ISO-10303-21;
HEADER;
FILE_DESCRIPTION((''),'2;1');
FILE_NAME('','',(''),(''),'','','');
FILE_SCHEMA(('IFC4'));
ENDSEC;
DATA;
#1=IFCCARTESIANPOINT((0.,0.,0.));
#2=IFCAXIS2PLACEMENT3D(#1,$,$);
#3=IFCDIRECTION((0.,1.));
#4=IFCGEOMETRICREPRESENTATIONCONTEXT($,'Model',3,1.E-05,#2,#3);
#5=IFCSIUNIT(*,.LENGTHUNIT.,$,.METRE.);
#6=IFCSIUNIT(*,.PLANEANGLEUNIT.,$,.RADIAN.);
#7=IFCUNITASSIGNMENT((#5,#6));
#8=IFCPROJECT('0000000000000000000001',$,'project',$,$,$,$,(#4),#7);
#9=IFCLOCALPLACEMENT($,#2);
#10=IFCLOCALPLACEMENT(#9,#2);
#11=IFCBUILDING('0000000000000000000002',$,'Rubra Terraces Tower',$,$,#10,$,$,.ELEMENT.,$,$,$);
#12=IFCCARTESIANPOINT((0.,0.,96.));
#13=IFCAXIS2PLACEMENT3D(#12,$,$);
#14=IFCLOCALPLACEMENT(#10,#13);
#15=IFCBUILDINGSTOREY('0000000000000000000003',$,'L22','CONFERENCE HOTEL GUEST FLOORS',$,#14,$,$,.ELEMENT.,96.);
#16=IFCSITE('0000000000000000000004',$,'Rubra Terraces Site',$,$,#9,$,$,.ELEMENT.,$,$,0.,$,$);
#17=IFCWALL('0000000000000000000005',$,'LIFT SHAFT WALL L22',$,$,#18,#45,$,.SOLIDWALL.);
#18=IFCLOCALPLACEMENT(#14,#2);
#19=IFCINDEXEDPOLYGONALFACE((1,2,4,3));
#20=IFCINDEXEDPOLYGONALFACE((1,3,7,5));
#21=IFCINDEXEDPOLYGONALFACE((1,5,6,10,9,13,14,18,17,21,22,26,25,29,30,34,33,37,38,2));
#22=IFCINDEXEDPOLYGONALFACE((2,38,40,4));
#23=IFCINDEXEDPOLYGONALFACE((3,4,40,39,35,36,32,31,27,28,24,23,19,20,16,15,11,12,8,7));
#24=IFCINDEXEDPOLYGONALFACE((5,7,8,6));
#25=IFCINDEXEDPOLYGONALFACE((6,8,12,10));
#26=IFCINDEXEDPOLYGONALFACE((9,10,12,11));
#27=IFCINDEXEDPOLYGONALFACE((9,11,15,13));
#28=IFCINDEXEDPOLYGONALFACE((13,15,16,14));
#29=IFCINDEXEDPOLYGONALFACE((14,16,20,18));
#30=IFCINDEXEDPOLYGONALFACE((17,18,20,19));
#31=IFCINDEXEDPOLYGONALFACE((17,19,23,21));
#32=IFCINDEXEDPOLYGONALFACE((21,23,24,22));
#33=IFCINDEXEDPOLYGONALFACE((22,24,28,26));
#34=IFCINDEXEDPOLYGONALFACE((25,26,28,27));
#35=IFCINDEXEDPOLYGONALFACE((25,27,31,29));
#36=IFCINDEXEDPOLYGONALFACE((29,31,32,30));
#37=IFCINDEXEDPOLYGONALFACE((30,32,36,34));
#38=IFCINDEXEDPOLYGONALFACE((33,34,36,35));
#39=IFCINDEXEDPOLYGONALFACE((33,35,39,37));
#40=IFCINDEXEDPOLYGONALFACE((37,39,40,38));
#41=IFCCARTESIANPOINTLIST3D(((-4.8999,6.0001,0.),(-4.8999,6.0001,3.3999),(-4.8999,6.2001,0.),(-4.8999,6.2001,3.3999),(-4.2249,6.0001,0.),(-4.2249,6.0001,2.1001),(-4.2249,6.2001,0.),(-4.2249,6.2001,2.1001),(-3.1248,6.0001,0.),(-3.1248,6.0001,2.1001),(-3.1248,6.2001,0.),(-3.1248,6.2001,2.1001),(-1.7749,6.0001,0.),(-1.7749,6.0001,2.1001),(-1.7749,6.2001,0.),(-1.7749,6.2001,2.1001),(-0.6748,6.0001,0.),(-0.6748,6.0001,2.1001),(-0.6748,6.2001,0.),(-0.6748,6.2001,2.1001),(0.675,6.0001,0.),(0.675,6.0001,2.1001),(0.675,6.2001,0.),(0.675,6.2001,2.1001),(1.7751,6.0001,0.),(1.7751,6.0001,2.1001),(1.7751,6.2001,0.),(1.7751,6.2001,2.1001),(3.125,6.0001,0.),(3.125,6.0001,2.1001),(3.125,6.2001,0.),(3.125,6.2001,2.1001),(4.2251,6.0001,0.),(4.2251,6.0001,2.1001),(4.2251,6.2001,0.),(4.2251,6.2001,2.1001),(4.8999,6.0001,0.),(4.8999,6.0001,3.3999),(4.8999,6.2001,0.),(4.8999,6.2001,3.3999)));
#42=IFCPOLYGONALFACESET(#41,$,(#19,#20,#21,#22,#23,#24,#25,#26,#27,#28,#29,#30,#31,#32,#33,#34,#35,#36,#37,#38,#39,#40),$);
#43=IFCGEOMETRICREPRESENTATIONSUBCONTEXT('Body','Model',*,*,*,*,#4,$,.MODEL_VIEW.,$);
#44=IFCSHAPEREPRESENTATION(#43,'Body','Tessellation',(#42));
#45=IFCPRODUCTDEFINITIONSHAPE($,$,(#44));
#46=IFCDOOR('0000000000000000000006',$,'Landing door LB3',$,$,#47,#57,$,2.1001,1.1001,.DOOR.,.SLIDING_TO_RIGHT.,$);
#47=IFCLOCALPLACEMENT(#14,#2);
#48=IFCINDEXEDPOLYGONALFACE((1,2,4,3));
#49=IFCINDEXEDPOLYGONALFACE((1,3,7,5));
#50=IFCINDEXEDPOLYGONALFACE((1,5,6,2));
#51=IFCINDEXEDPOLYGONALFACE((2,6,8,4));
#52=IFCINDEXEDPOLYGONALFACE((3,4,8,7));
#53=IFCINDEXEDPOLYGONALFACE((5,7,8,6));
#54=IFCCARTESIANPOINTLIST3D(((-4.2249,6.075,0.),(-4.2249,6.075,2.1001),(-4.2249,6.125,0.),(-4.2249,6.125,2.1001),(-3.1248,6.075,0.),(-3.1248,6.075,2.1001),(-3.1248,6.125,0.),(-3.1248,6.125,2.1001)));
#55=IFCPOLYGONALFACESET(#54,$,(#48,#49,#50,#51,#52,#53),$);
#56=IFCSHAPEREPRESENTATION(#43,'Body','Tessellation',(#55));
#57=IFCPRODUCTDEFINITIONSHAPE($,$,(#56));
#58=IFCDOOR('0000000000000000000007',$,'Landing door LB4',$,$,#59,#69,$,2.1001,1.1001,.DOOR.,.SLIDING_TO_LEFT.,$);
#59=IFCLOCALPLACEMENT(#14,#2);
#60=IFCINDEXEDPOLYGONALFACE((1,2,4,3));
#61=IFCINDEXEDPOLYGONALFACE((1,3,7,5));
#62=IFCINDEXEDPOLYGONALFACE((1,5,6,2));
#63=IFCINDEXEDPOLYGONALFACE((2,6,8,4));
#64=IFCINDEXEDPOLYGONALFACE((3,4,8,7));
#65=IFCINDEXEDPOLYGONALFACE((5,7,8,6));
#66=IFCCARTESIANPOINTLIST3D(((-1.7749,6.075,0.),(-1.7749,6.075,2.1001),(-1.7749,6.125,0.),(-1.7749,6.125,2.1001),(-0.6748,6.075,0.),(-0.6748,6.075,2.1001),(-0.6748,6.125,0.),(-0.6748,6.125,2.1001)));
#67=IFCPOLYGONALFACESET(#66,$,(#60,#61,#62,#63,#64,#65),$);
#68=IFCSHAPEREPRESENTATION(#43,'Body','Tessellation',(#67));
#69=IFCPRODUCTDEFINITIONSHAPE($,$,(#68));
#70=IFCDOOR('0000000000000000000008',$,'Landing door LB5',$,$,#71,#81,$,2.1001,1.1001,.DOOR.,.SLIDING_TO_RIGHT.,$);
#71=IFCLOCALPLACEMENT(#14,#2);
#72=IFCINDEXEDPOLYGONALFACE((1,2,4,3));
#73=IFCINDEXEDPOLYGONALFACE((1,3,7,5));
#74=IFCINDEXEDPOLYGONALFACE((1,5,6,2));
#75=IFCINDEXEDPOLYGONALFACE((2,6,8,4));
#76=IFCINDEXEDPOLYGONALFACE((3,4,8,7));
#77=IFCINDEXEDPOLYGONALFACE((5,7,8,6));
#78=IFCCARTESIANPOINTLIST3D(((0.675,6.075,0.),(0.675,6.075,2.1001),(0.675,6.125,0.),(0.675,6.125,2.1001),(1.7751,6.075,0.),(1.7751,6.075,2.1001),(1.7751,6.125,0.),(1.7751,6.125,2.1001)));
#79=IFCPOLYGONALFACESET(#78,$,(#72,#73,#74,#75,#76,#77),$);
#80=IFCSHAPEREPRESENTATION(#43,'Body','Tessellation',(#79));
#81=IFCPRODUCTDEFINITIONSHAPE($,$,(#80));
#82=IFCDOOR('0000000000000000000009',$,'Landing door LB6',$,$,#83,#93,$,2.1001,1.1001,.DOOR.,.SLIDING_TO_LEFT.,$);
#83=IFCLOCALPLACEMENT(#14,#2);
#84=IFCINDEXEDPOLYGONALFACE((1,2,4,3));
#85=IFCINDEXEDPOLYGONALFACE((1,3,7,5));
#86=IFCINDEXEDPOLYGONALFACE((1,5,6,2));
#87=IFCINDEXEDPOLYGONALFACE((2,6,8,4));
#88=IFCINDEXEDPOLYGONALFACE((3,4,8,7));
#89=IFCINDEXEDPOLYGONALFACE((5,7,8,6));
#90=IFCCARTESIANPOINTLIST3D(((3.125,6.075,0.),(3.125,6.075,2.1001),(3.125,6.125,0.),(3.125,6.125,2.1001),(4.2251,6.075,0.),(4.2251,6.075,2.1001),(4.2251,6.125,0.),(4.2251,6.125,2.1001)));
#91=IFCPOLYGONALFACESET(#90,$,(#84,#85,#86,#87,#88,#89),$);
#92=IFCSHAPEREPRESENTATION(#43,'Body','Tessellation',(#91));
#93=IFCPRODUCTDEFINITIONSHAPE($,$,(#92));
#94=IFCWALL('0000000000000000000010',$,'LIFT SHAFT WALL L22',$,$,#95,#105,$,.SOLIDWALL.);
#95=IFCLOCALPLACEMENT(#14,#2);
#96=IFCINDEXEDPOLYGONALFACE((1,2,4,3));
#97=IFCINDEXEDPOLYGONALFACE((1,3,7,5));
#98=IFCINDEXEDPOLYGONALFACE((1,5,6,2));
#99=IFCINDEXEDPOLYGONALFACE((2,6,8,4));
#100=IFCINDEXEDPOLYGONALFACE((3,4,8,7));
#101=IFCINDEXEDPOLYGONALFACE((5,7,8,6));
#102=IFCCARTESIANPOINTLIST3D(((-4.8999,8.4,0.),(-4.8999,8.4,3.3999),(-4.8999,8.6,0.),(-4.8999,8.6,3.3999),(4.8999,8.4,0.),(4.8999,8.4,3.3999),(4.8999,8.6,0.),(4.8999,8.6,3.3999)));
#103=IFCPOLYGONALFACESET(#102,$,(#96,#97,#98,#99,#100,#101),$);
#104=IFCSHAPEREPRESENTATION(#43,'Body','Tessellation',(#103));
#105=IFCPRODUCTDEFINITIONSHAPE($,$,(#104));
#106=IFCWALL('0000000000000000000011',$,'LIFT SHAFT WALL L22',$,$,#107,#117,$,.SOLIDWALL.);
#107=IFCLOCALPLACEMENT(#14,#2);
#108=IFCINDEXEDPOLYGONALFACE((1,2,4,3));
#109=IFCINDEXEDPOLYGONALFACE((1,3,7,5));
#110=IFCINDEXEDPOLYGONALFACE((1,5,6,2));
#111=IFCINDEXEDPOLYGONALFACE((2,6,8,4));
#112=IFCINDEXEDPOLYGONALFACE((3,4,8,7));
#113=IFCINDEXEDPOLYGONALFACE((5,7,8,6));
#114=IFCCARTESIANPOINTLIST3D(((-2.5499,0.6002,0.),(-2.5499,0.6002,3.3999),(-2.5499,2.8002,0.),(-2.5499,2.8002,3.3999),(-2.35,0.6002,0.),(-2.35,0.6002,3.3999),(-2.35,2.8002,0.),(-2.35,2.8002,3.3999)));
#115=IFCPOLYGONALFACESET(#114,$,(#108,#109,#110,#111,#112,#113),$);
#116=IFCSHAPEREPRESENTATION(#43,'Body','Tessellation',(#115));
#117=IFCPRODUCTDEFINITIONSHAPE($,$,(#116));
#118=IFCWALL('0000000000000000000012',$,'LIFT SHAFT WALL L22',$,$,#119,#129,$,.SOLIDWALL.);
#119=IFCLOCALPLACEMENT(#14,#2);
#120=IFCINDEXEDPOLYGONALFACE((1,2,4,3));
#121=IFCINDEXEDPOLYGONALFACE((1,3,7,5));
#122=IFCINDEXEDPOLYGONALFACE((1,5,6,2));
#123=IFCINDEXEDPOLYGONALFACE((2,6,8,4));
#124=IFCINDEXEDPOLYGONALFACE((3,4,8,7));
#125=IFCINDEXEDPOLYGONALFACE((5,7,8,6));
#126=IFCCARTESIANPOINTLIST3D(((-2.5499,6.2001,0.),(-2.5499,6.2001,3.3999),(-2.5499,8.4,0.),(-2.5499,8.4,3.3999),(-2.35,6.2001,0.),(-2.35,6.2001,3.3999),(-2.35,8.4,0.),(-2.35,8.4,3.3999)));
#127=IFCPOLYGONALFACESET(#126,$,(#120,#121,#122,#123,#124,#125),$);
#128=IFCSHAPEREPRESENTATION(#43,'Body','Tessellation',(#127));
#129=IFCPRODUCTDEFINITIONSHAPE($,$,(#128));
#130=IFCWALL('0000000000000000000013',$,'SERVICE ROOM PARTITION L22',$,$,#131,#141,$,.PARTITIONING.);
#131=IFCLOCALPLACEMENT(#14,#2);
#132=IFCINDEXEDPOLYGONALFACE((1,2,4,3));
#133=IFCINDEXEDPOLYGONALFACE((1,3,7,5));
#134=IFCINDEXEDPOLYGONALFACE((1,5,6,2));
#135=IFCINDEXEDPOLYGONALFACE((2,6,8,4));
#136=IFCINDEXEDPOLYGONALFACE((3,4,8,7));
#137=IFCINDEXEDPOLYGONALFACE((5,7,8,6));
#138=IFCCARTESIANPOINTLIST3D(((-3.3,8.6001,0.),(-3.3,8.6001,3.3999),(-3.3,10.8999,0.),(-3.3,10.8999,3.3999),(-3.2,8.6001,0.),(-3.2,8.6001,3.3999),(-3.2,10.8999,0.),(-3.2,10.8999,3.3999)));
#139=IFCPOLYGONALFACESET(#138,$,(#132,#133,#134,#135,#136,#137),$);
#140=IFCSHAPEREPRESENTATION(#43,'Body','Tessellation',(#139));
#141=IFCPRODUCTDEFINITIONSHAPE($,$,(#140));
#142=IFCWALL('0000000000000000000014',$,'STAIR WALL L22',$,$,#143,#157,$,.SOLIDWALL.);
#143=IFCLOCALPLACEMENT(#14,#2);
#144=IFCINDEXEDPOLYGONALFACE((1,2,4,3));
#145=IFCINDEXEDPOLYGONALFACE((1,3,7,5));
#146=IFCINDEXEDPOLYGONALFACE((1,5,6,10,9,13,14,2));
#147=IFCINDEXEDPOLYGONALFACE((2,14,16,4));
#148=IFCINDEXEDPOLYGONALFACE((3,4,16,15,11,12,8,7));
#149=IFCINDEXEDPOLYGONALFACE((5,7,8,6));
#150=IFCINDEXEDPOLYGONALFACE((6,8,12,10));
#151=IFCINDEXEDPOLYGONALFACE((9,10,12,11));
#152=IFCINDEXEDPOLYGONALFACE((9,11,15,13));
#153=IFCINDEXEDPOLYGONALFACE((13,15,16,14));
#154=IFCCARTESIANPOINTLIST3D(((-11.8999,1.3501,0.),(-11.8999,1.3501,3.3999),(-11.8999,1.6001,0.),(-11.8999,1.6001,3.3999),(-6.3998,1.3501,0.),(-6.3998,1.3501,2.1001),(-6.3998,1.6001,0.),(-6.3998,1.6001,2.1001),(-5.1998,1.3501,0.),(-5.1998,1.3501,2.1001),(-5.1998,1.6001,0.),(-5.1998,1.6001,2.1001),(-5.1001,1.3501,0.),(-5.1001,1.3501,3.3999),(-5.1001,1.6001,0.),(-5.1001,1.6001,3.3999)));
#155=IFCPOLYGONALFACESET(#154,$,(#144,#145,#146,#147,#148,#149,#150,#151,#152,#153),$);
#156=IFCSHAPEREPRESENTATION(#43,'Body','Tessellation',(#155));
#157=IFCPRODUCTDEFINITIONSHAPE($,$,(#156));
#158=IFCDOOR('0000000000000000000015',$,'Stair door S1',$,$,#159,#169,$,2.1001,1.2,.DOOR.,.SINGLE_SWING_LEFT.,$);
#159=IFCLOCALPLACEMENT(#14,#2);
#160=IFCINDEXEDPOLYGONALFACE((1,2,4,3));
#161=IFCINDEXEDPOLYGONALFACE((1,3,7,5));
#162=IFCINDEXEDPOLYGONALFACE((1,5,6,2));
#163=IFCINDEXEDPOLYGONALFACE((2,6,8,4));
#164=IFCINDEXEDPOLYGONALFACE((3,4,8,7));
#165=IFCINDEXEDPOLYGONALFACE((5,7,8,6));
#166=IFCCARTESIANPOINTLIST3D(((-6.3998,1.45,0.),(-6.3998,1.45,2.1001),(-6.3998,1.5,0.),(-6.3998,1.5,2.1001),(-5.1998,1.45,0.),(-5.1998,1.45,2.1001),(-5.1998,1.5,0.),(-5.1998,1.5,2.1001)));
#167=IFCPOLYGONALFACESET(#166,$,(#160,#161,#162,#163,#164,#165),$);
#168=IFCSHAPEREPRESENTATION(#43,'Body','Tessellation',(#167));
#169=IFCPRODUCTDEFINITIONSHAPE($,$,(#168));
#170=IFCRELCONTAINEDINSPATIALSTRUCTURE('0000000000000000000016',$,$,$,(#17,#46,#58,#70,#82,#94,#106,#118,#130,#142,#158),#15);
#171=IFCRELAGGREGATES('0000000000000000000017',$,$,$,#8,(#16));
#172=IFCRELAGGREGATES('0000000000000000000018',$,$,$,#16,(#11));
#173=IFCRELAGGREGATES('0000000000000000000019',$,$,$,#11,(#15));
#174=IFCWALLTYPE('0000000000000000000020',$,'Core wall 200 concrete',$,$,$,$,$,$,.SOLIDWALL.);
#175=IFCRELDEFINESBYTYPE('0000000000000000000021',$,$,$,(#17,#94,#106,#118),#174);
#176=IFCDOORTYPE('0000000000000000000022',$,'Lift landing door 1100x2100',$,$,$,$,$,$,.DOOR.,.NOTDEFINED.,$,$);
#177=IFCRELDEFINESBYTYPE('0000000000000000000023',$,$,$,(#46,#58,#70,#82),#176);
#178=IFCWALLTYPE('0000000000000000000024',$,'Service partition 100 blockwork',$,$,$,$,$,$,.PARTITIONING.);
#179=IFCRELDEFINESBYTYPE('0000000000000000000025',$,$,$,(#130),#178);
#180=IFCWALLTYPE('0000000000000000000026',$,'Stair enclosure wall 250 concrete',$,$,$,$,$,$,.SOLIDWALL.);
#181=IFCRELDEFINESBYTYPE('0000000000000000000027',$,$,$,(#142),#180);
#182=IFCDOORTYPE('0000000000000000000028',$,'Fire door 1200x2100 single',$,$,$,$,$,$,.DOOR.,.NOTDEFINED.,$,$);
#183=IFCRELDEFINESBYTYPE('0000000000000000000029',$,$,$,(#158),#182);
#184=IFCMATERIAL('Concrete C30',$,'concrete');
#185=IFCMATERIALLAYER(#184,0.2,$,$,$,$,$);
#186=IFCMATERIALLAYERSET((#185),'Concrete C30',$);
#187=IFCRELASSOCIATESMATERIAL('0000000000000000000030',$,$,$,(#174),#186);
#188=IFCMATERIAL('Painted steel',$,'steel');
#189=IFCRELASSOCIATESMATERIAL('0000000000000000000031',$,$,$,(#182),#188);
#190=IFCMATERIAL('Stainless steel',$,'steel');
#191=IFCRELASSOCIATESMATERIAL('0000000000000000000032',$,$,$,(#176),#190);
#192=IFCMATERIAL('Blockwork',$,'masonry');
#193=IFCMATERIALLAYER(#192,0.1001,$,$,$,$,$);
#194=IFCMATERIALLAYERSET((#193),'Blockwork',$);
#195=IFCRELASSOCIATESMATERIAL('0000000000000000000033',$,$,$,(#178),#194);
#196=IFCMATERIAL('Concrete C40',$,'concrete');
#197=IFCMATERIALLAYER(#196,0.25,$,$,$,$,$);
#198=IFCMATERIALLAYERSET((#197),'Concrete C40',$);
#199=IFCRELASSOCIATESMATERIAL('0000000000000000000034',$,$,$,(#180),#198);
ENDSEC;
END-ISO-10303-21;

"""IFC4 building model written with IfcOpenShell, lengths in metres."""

from ifc_helpers import new_model, si_unit, direction, frame, frame_2d, origin, place, context, subcontext, project, spatial, rectangle, extrude, material, layer, layer_set, type_object, element, fill, save


model = new_model("IFC4")

# Units and contexts
model_context = context("Model", 3, precision=1e-05, world=origin(), true_north=direction((0.0, 1.0)))
body_context = subcontext(model_context, "Body", "Model", "MODEL_VIEW")
ifc_project = project(units=[si_unit("LENGTHUNIT", "METRE"), si_unit("PLANEANGLEUNIT", "RADIAN")], contexts=[model_context])

# Site, building, storey
site_placement = place(None, origin())
site = spatial("IfcSite", under=ifc_project, at=site_placement, Name="Rubra Terraces Site", CompositionType="ELEMENT", RefElevation=0.0)
building_placement = place(site_placement, origin())
building = spatial("IfcBuilding", under=site, at=building_placement, Name="Rubra Terraces Tower", CompositionType="ELEMENT")
storey_placement = place(building_placement, frame((0.0, 0.0, 96.0)))
storey = spatial("IfcBuildingStorey", under=building, at=storey_placement, Name="L22", Description="CONFERENCE HOTEL GUEST FLOORS", CompositionType="ELEMENT", Elevation=96.0)

# Shared definitions
ifc_material_1 = material(Name="Concrete C40", Category="concrete")

# Shared definitions
ifc_material_2 = material(Name="Concrete C30", Category="concrete")
ifc_layer_1 = layer(ifc_material_2, 0.2)
ifc_layer_set_1 = layer_set([ifc_layer_1], Name="Concrete C30")
wall_type_1 = type_object("IfcWallType", Name="Core wall 200 concrete", PredefinedType="SOLIDWALL", material=ifc_layer_set_1)
ifc_material_3 = material(Name="Painted steel", Category="steel")
door_type_1 = type_object("IfcDoorType", Name="Fire door 1200x2100 single", OperationType="NOTDEFINED", PredefinedType="DOOR", material=ifc_material_3)
ifc_material_4 = material(Name="Stainless steel", Category="steel")

# Wall, openings, doors
door_type_2 = type_object("IfcDoorType", Name="Lift landing door 1100x2100", OperationType="NOTDEFINED", PredefinedType="DOOR", material=ifc_material_4)
wall_1_placement = place(storey_placement, frame((-4.8999, 6.1001, 0.0), z_axis=(0.0, 0.0, 1.0), x_axis=(1.0, 0.0, 0.0)))
wall_1 = element("IfcWall", 1, at=wall_1_placement, inside=storey, type_object=wall_type_1, Name="LIFT SHAFT WALL L22", PredefinedType="SOLIDWALL", context=body_context, shape_type="SweptSolid", body=[
    extrude(rectangle(XDim=9.7998, YDim=0.2, at=frame_2d((4.8999, 0.0))), origin(), (0.0, 0.0, 1.0), 3.3999),
])
opening_1_placement = place(wall_1_placement, frame((0.675, 0.0, 0.0)))
opening_1 = element("IfcOpeningElement", 2, at=opening_1_placement, cuts=wall_1, PredefinedType="OPENING", context=body_context, shape_type="SweptSolid", body=[
    extrude(rectangle(XDim=1.1001, YDim=2.1001, at=frame_2d((0.55, 1.05))), frame((0.0, 0.1099, 0.0), z_axis=(0.0, -1.0, 0.0), x_axis=(1.0, 0.0, 0.0)), (0.0, 0.0, 1.0), 0.22),
])
opening_2_placement = place(wall_1_placement, frame((3.125, 0.0, 0.0)))
opening_2 = element("IfcOpeningElement", 3, at=opening_2_placement, cuts=wall_1, PredefinedType="OPENING", context=body_context, shape_type="SweptSolid", body=[
    extrude(rectangle(XDim=1.1001, YDim=2.1001, at=frame_2d((0.55, 1.05))), frame((0.0, 0.1099, 0.0), z_axis=(0.0, -1.0, 0.0), x_axis=(1.0, 0.0, 0.0)), (0.0, 0.0, 1.0), 0.22),
])
opening_3_placement = place(wall_1_placement, frame((5.575, 0.0, 0.0)))
opening_3 = element("IfcOpeningElement", 4, at=opening_3_placement, cuts=wall_1, PredefinedType="OPENING", context=body_context, shape_type="SweptSolid", body=[
    extrude(rectangle(XDim=1.1001, YDim=2.1001, at=frame_2d((0.55, 1.05))), frame((0.0, 0.1099, 0.0), z_axis=(0.0, -1.0, 0.0), x_axis=(1.0, 0.0, 0.0)), (0.0, 0.0, 1.0), 0.22),
])
opening_4_placement = place(wall_1_placement, frame((8.0249, 0.0, 0.0)))
opening_4 = element("IfcOpeningElement", 5, at=opening_4_placement, cuts=wall_1, PredefinedType="OPENING", context=body_context, shape_type="SweptSolid", body=[
    extrude(rectangle(XDim=1.1001, YDim=2.1001, at=frame_2d((0.55, 1.05))), frame((0.0, 0.1099, 0.0), z_axis=(0.0, -1.0, 0.0), x_axis=(1.0, 0.0, 0.0)), (0.0, 0.0, 1.0), 0.22),
])
door_1_placement = place(opening_1_placement, origin())
door_1 = element("IfcDoor", 6, at=door_1_placement, inside=storey, type_object=door_type_2, Name="Landing door LB3", OperationType="SLIDING_TO_RIGHT", OverallHeight=2.1001, OverallWidth=1.1001, PredefinedType="DOOR", context=body_context, shape_type="SweptSolid", body=[
    extrude(rectangle(XDim=1.1001, YDim=2.1001, at=frame_2d((0.55, 1.05))), frame((0.0, 0.0249, 0.0), z_axis=(0.0, -1.0, 0.0), x_axis=(1.0, 0.0, 0.0)), (0.0, 0.0, 1.0), 0.05),
])
fill(opening_1, door_1)
door_2_placement = place(opening_2_placement, origin())
door_2 = element("IfcDoor", 7, at=door_2_placement, inside=storey, type_object=door_type_2, Name="Landing door LB4", OperationType="SLIDING_TO_LEFT", OverallHeight=2.1001, OverallWidth=1.1001, PredefinedType="DOOR", context=body_context, shape_type="SweptSolid", body=[
    extrude(rectangle(XDim=1.1001, YDim=2.1001, at=frame_2d((0.55, 1.05))), frame((0.0, 0.0249, 0.0), z_axis=(0.0, -1.0, 0.0), x_axis=(1.0, 0.0, 0.0)), (0.0, 0.0, 1.0), 0.05),
])
fill(opening_2, door_2)
door_3_placement = place(opening_3_placement, origin())
door_3 = element("IfcDoor", 8, at=door_3_placement, inside=storey, type_object=door_type_2, Name="Landing door LB5", OperationType="SLIDING_TO_RIGHT", OverallHeight=2.1001, OverallWidth=1.1001, PredefinedType="DOOR", context=body_context, shape_type="SweptSolid", body=[
    extrude(rectangle(XDim=1.1001, YDim=2.1001, at=frame_2d((0.55, 1.05))), frame((0.0, 0.0249, 0.0), z_axis=(0.0, -1.0, 0.0), x_axis=(1.0, 0.0, 0.0)), (0.0, 0.0, 1.0), 0.05),
])
fill(opening_3, door_3)
door_4_placement = place(opening_4_placement, origin())
door_4 = element("IfcDoor", 9, at=door_4_placement, inside=storey, type_object=door_type_2, Name="Landing door LB6", OperationType="SLIDING_TO_LEFT", OverallHeight=2.1001, OverallWidth=1.1001, PredefinedType="DOOR", context=body_context, shape_type="SweptSolid", body=[
    extrude(rectangle(XDim=1.1001, YDim=2.1001, at=frame_2d((0.55, 1.05))), frame((0.0, 0.0249, 0.0), z_axis=(0.0, -1.0, 0.0), x_axis=(1.0, 0.0, 0.0)), (0.0, 0.0, 1.0), 0.05),
])
fill(opening_4, door_4)

# Walls
wall_2_placement = place(storey_placement, frame((-4.8999, 8.5, 0.0), z_axis=(0.0, 0.0, 1.0), x_axis=(1.0, 0.0, 0.0)))
element("IfcWall", 10, at=wall_2_placement, inside=storey, type_object=wall_type_1, Name="LIFT SHAFT WALL L22", PredefinedType="SOLIDWALL", context=body_context, shape_type="SweptSolid", body=[
    extrude(rectangle(XDim=9.7998, YDim=0.2, at=frame_2d((4.8999, 0.0))), origin(), (0.0, 0.0, 1.0), 3.3999),
])
for number, where, z_axis, x_axis, name in (
    (11, (-2.45, 0.6001, 0.0), (0.0, 0.0, 1.0), (0.0, 1.0, 0.0), "LIFT SHAFT WALL L22"),
    (12, (-2.45, 6.2, 0.0), (0.0, 0.0, 1.0), (0.0, 1.0, 0.0), "LIFT SHAFT WALL L22"),
):
    element("IfcWall", number, at=place(storey_placement, frame(where, z_axis=z_axis, x_axis=x_axis)), inside=storey, type_object=wall_type_1, Name=name, PredefinedType="SOLIDWALL", context=body_context, shape_type="SweptSolid", body=[
        extrude(rectangle(XDim=2.2, YDim=0.2, at=frame_2d((1.1001, 0.0))), origin(), (0.0, 0.0, 1.0), 3.3999),
    ])
ifc_material_5 = material(Name="Blockwork", Category="masonry")
ifc_layer_2 = layer(ifc_material_5, 0.1001)
ifc_layer_set_2 = layer_set([ifc_layer_2], Name="Blockwork")
wall_type_2 = type_object("IfcWallType", Name="Service partition 100 blockwork", PredefinedType="PARTITIONING", material=ifc_layer_set_2)
wall_3_placement = place(storey_placement, frame((-3.25, 8.6001, 0.0), z_axis=(0.0, 0.0, 1.0), x_axis=(0.0, 1.0, 0.0)))
element("IfcWall", 13, at=wall_3_placement, inside=storey, type_object=wall_type_2, Name="SERVICE ROOM PARTITION L22", PredefinedType="PARTITIONING", context=body_context, shape_type="SweptSolid", body=[
    extrude(rectangle(XDim=2.2998, YDim=0.1001, at=frame_2d((1.1499, 0.0))), origin(), (0.0, 0.0, 1.0), 3.3999),
])

# Wall, opening, door
ifc_layer_3 = layer(ifc_material_1, 0.25)
ifc_layer_set_3 = layer_set([ifc_layer_3], Name="Concrete C40")
wall_type_3 = type_object("IfcWallType", Name="Stair enclosure wall 250 concrete", PredefinedType="SOLIDWALL", material=ifc_layer_set_3)
wall_4_placement = place(storey_placement, frame((-11.8999, 1.4751, 0.0), z_axis=(0.0, 0.0, 1.0), x_axis=(1.0, 0.0, 0.0)))
wall_4 = element("IfcWall", 14, at=wall_4_placement, inside=storey, type_object=wall_type_3, Name="STAIR WALL L22", PredefinedType="SOLIDWALL", context=body_context, shape_type="SweptSolid", body=[
    extrude(rectangle(XDim=6.7998, YDim=0.25, at=frame_2d((3.3999, 0.0))), origin(), (0.0, 0.0, 1.0), 3.3999),
])
opening_5_placement = place(wall_4_placement, frame((5.5, 0.0, 0.0)))
opening_5 = element("IfcOpeningElement", 15, at=opening_5_placement, cuts=wall_4, PredefinedType="OPENING", context=body_context, shape_type="SweptSolid", body=[
    extrude(rectangle(XDim=1.2, YDim=2.1001, at=frame_2d((0.6001, 1.05))), frame((0.0, 0.135, 0.0), z_axis=(0.0, -1.0, 0.0), x_axis=(1.0, 0.0, 0.0)), (0.0, 0.0, 1.0), 0.27),
])
door_5_placement = place(opening_5_placement, origin())
door_5 = element("IfcDoor", 16, at=door_5_placement, inside=storey, type_object=door_type_1, Name="Stair door S1", OperationType="SINGLE_SWING_LEFT", OverallHeight=2.1001, OverallWidth=1.2, PredefinedType="DOOR", context=body_context, shape_type="SweptSolid", body=[
    extrude(rectangle(XDim=1.2, YDim=2.1001, at=frame_2d((0.6001, 1.05))), frame((0.0, 0.0249, 0.0), z_axis=(0.0, -1.0, 0.0), x_axis=(1.0, 0.0, 0.0)), (0.0, 0.0, 1.0), 0.05),
])
fill(opening_5, door_5)

save(model, "model.ifc")
